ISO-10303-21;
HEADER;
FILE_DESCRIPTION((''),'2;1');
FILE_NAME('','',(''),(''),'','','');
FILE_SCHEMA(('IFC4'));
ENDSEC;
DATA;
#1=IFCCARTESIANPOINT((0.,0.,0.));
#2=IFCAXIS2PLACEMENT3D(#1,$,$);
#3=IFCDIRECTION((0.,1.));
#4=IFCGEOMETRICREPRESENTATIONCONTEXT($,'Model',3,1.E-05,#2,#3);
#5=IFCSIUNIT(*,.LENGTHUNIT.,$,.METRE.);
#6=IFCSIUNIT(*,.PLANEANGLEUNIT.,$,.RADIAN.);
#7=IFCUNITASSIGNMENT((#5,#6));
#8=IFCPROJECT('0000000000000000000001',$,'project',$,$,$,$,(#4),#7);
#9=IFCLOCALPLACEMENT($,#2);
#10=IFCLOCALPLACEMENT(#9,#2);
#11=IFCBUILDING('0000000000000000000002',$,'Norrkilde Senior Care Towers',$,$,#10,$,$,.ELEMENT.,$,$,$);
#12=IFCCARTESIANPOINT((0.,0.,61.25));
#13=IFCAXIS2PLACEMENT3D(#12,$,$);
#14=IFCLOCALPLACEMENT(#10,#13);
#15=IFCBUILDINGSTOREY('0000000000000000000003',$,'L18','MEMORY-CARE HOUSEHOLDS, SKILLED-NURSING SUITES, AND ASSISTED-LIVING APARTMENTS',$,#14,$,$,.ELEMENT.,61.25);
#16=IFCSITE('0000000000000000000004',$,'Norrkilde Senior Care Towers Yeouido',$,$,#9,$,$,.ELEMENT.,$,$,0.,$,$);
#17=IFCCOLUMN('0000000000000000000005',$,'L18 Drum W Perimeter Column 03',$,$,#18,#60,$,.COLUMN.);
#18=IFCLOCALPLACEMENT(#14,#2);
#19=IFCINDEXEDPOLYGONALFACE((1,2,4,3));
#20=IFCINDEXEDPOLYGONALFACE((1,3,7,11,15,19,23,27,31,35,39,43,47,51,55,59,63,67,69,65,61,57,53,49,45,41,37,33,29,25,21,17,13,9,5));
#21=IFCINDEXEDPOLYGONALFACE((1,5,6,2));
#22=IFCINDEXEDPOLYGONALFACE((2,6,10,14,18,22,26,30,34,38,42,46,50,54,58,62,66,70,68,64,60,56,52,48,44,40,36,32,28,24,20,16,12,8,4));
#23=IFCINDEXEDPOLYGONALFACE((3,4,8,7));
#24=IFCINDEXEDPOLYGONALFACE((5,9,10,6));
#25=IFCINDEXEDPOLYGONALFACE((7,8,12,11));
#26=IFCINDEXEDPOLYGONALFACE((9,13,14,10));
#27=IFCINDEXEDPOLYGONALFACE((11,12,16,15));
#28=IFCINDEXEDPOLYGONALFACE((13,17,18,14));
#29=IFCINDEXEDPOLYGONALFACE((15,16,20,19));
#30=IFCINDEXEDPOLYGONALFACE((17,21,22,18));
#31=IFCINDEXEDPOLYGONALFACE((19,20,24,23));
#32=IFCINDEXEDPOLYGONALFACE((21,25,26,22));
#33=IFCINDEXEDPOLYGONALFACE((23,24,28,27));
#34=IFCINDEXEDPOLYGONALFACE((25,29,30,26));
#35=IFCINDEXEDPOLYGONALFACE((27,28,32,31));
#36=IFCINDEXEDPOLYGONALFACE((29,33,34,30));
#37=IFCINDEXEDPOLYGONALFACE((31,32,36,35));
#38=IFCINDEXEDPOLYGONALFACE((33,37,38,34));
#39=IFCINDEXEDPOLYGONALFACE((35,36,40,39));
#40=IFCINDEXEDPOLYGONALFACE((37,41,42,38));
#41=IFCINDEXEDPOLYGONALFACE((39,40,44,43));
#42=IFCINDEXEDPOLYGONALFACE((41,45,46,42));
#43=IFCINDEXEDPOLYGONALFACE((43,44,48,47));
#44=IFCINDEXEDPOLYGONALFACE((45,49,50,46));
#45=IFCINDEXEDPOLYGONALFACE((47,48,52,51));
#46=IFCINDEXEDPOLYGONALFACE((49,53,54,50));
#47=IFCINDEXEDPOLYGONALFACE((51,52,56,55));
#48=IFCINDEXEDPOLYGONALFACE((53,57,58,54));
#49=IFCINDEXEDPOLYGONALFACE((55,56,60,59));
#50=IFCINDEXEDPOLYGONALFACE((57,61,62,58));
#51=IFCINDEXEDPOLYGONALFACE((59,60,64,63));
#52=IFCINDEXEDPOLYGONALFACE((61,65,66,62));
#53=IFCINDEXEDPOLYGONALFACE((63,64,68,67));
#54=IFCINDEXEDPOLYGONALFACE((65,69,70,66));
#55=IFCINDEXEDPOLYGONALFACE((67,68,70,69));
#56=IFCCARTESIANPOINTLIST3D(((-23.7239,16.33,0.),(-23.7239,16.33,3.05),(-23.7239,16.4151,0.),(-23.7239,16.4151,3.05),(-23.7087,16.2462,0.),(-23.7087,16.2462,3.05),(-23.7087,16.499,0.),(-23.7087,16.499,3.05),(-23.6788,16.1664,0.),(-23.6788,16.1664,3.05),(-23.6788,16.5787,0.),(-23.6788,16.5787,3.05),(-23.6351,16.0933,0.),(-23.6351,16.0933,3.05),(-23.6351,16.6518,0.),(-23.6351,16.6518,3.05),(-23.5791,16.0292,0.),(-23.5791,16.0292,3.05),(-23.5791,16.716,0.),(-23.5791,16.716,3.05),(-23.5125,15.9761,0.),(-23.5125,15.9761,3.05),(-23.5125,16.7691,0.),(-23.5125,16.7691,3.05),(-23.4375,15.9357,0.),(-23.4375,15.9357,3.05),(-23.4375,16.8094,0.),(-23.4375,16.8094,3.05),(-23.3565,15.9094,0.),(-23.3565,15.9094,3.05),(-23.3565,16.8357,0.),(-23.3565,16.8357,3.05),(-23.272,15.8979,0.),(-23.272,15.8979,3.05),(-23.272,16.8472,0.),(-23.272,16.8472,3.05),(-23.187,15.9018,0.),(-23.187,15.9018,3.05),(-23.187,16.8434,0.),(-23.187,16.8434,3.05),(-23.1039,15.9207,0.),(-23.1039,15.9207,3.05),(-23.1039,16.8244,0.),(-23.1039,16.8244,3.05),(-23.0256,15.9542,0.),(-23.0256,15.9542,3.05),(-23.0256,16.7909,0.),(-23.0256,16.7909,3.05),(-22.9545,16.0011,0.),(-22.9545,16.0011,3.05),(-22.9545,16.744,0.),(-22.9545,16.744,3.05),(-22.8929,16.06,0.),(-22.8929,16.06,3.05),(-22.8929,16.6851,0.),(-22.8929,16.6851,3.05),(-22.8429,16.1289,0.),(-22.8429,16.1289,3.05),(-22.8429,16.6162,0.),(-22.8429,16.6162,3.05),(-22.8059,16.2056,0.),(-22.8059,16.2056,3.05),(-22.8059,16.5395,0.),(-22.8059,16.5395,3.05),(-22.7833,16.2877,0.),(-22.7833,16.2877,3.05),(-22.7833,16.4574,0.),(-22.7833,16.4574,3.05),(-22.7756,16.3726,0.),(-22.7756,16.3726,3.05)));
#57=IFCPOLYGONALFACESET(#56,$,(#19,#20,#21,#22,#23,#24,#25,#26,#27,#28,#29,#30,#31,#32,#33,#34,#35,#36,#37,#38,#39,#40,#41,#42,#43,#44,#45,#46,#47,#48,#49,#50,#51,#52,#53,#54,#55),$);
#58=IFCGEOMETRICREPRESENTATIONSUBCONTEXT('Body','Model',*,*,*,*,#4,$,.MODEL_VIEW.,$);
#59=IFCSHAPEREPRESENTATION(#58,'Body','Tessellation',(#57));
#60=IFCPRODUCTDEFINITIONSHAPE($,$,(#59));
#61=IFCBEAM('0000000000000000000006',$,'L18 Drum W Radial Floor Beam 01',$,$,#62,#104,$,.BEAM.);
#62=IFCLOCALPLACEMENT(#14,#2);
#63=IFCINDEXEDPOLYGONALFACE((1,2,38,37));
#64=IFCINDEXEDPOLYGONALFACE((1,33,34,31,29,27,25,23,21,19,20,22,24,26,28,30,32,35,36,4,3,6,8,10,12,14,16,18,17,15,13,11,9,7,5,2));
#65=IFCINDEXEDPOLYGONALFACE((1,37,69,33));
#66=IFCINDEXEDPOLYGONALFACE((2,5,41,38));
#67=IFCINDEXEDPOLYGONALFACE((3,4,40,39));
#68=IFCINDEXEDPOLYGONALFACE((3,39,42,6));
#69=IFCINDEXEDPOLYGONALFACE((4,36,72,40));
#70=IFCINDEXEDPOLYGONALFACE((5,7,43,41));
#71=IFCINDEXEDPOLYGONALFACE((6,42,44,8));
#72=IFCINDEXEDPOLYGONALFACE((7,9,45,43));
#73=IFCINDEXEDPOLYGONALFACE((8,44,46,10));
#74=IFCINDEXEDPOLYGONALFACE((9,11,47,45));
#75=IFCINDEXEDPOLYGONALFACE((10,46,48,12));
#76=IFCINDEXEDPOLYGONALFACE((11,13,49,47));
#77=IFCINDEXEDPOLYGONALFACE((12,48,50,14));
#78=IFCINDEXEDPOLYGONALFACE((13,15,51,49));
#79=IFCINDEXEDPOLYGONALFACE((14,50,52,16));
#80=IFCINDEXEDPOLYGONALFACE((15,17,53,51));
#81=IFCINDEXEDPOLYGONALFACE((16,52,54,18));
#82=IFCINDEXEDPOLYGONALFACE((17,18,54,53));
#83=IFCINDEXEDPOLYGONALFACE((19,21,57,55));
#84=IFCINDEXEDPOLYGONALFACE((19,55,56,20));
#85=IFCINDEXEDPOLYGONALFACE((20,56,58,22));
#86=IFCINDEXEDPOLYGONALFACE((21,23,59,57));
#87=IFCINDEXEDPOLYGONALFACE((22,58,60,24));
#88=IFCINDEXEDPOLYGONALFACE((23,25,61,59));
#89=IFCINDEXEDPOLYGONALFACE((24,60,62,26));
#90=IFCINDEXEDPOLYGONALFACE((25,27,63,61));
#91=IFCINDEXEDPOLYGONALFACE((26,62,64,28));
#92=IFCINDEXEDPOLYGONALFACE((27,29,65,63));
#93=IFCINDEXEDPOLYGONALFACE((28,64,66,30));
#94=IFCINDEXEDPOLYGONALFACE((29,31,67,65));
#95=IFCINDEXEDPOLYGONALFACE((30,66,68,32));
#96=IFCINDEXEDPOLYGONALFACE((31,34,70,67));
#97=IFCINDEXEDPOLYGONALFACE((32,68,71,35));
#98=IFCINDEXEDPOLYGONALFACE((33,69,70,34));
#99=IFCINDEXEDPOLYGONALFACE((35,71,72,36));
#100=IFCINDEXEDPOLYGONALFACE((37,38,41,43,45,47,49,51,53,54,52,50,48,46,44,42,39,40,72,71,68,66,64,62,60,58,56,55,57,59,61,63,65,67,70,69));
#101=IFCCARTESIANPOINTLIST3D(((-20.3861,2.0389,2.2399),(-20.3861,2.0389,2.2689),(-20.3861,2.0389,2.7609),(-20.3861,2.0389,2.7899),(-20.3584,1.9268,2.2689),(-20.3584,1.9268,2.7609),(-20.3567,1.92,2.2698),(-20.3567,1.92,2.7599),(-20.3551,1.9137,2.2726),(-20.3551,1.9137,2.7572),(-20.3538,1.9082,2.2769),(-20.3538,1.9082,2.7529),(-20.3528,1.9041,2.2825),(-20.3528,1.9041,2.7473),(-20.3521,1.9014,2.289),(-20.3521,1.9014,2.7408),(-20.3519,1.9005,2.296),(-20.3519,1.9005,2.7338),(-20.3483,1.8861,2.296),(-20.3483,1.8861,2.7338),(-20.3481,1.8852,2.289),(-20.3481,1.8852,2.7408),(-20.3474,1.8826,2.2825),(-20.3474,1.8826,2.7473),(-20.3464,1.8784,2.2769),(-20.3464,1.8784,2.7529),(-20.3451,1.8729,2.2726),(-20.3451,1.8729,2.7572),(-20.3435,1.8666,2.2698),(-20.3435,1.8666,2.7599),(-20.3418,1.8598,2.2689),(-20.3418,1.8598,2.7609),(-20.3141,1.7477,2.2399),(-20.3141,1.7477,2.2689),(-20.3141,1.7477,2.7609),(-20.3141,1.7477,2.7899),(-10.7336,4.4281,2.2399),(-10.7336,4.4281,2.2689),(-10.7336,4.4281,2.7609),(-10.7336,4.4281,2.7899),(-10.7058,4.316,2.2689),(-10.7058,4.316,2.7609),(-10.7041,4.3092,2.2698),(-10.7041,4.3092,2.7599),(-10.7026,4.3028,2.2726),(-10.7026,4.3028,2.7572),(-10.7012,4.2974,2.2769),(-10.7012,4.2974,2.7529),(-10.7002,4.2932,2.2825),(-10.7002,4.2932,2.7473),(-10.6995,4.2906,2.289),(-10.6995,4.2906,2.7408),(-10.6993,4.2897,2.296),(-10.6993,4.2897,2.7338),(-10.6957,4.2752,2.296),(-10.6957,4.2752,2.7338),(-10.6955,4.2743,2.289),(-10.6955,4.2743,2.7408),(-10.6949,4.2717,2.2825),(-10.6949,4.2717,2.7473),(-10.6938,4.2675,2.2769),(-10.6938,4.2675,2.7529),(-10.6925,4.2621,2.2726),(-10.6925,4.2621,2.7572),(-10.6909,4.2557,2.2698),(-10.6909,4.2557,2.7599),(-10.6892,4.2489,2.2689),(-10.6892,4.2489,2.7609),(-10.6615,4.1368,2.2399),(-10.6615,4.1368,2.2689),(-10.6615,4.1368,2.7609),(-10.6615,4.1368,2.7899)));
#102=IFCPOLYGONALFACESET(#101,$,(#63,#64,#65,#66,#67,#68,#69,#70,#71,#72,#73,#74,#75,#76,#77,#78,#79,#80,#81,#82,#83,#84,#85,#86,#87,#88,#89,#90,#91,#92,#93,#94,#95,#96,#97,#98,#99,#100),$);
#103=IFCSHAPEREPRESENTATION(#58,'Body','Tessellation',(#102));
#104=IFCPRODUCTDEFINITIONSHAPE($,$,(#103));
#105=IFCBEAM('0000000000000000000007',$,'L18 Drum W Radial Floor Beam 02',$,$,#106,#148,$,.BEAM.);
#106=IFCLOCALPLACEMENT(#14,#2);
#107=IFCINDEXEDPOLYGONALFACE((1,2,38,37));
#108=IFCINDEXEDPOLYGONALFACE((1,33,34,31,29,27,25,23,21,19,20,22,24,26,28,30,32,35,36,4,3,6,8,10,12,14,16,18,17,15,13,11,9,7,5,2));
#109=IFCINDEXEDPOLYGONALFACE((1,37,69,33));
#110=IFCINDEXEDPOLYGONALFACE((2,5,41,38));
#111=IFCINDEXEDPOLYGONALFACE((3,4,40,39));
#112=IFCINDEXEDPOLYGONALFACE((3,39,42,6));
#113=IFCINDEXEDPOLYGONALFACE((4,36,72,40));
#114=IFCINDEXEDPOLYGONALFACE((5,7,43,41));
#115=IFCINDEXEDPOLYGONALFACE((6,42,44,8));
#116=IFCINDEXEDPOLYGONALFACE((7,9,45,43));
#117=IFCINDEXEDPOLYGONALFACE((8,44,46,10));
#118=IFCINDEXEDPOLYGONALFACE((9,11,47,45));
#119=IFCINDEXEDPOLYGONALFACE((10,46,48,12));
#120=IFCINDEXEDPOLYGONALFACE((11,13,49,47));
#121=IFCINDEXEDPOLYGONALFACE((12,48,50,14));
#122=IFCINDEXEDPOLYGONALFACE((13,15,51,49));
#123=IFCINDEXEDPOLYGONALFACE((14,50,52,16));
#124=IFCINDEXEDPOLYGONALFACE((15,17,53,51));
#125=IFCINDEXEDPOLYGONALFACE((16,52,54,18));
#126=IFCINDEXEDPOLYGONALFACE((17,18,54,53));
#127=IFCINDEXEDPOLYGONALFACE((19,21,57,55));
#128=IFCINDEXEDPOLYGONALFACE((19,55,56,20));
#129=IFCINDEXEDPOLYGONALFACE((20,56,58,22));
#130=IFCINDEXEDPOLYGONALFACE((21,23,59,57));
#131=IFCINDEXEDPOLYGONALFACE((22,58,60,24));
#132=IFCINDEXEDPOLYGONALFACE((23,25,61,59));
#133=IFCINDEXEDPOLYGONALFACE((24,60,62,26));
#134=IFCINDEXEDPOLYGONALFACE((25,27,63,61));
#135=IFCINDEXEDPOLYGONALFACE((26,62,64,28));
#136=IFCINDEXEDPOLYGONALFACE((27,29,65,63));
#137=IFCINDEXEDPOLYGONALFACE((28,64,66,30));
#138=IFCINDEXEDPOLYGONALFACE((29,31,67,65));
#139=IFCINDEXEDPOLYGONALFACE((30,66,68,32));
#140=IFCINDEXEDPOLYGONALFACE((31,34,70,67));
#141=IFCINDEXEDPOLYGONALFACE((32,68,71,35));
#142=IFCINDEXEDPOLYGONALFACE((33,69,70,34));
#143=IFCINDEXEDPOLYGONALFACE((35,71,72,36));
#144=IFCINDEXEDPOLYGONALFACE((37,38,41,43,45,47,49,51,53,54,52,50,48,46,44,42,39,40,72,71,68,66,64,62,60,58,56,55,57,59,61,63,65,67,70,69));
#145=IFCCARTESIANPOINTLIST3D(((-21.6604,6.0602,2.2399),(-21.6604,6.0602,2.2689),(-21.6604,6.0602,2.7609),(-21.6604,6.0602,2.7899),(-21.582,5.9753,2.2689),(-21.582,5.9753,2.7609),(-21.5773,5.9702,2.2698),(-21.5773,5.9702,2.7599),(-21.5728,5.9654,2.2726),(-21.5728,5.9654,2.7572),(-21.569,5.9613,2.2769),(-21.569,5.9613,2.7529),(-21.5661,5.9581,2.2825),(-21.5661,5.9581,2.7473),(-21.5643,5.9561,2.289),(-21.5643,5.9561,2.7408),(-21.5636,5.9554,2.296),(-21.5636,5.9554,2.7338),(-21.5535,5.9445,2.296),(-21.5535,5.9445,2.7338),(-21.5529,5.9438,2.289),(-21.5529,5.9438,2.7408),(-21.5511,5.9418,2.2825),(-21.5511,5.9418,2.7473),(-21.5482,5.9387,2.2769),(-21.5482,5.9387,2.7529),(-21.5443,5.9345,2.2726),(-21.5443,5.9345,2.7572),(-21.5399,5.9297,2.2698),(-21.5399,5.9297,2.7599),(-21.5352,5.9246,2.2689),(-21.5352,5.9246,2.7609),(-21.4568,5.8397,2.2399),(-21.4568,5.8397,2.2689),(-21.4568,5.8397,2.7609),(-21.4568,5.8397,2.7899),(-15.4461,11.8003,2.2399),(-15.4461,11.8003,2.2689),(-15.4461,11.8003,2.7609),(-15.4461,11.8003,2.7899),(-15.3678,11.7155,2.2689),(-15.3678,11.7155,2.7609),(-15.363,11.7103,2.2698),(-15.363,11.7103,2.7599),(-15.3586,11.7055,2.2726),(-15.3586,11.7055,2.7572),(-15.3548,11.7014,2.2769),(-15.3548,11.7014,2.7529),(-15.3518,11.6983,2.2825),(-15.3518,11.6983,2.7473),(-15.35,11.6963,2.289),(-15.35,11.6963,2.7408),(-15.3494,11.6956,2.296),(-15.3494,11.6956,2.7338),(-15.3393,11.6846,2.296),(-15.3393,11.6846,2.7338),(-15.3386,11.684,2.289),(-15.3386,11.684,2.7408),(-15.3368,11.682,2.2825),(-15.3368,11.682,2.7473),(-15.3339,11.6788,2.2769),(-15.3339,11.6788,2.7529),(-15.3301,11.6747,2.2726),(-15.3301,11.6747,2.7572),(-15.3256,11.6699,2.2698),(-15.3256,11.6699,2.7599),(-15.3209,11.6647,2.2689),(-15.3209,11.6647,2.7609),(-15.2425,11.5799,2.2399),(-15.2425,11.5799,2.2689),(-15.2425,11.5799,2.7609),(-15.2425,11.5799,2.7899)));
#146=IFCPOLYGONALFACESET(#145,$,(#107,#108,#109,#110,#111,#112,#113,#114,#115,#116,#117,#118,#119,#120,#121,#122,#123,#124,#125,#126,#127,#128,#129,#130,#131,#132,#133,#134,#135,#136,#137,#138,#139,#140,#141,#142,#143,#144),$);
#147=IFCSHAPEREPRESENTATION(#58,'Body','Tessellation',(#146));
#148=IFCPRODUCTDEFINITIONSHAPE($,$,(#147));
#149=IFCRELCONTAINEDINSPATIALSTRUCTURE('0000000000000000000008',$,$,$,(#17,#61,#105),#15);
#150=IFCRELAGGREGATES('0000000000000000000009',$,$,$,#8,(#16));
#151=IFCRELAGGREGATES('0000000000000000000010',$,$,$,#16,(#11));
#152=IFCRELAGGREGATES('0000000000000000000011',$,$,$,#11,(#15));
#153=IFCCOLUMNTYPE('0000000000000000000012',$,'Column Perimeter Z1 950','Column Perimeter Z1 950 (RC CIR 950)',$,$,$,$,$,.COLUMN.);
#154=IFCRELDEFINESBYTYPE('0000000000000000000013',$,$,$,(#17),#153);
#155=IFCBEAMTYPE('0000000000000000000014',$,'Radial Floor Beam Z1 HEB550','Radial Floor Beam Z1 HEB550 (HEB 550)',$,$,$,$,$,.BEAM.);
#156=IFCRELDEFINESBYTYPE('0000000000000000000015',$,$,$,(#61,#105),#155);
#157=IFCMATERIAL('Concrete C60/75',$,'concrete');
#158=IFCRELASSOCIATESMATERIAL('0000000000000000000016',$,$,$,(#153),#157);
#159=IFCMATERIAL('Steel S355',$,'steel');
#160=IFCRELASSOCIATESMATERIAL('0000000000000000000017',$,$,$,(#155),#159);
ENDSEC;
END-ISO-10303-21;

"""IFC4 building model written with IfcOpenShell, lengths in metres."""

from ifc_helpers import new_model, si_unit, direction, frame, origin, origin_2d, place, context, subcontext, project, spatial, circle, i_section, extrude, source, transform, mapped, material, material_profile, profile_set, type_object, type_shapes, element, save


model = new_model("IFC4")

# Units and contexts
model_context = context("Model", 3, precision=1e-05, world=origin(), true_north=direction((0.0, 1.0)))
body_context = subcontext(model_context, "Body", "Model", "MODEL_VIEW")
ifc_project = project(units=[si_unit("LENGTHUNIT", "METRE"), si_unit("PLANEANGLEUNIT", "RADIAN")], contexts=[model_context])

# Site, building, storey
site_placement = place(None, origin())
site = spatial("IfcSite", under=ifc_project, at=site_placement, Name="Norrkilde Senior Care Towers Yeouido", CompositionType="ELEMENT", RefElevation=0.0)
building_placement = place(site_placement, origin())
building = spatial("IfcBuilding", under=site, at=building_placement, Name="Norrkilde Senior Care Towers", CompositionType="ELEMENT")
storey_placement = place(building_placement, frame((0.0, 0.0, 61.25)))
storey = spatial("IfcBuildingStorey", under=building, at=storey_placement, Name="L18", Description="MEMORY-CARE HOUSEHOLDS, SKILLED-NURSING SUITES, AND ASSISTED-LIVING APARTMENTS", CompositionType="ELEMENT", Elevation=61.25)

# Column
ifc_material_1 = material(Name="Concrete C60/75", Category="concrete")
ifc_material_profile_1 = material_profile(ifc_material_1, circle(Radius=0.4751, at=origin_2d()), Name="RC CIR 950")
ifc_profile_set_1 = profile_set([ifc_material_profile_1], Name="Concrete C60/75")
column_type = type_object("IfcColumnType", Name="Column Perimeter Z1 950", Description="Column Perimeter Z1 950 (RC CIR 950)", PredefinedType="COLUMN", material=ifc_profile_set_1)
shared_shape_1 = source(origin(), body_context, "Body", "SweptSolid", [
    extrude(circle(Radius=0.4751, at=origin_2d()), origin(), (0.0, 0.0, 1.0), 3.05),
])
type_shapes(column_type, [shared_shape_1])
column_placement = place(storey_placement, frame((-23.2507, 16.3726, 0.0), z_axis=(0.0, 0.0, 1.0), x_axis=(1.0, 0.0, 0.0)))
element("IfcColumn", 1, at=column_placement, inside=storey, type_object=column_type, Name="L18 Drum W Perimeter Column 03", PredefinedType="COLUMN", context=body_context, shape_type="MappedRepresentation", body=[
    mapped(shared_shape_1, transform((0.0, 0.0, 0.0), x_axis=(1.0, 0.0, 0.0), y_axis=(0.0, 1.0, 0.0), z_axis=(0.0, 0.0, 1.0), scale=1.0)),
])

# Beams
ifc_material_2 = material(Name="Steel S355", Category="steel")
ifc_material_profile_2 = material_profile(ifc_material_2, i_section(OverallWidth=0.3, OverallDepth=0.55, WebThickness=0.0149, FlangeThickness=0.0291, FilletRadius=0.0271, at=origin_2d()), Name="HEB 550")
ifc_profile_set_2 = profile_set([ifc_material_profile_2], Name="Steel S355")
beam_type_1 = type_object("IfcBeamType", Name="Radial Floor Beam Z1 HEB550", Description="Radial Floor Beam Z1 HEB550 (HEB 550)", PredefinedType="BEAM", material=ifc_profile_set_2)
shared_shape_2 = source(origin(), body_context, "Body", "SweptSolid", [
    extrude(i_section(OverallWidth=0.3, OverallDepth=0.55, WebThickness=0.0149, FlangeThickness=0.0291, FilletRadius=0.0271, at=origin_2d()), origin(), (0.0, 0.0, 1.0), 9.9438),
])
beam_1_placement = place(storey_placement, frame((-20.3501, 1.8933, 2.5149), z_axis=(0.970707, 0.240265, 0.0), x_axis=(-0.240265, 0.970707, 0.0)))
element("IfcBeam", 2, at=beam_1_placement, inside=storey, type_object=beam_type_1, Name="L18 Drum W Radial Floor Beam 01", PredefinedType="BEAM", context=body_context, shape_type="MappedRepresentation", body=[
    mapped(shared_shape_2, transform((0.0, 0.0, 0.0), x_axis=(1.0, 0.0, 0.0), y_axis=(0.0, 1.0, 0.0), z_axis=(0.0, 0.0, 1.0), scale=1.0)),
])
shared_shape_3 = source(origin(), body_context, "Body", "SweptSolid", [
    extrude(i_section(OverallWidth=0.3, OverallDepth=0.55, WebThickness=0.0149, FlangeThickness=0.0291, FilletRadius=0.0271, at=origin_2d()), origin(), (0.0, 0.0, 1.0), 8.4597),
])
beam_2_placement = place(storey_placement, frame((-21.5586, 5.95, 2.5149), z_axis=(0.734573, 0.678529, 0.0), x_axis=(-0.678529, 0.734573, 0.0)))
element("IfcBeam", 3, at=beam_2_placement, inside=storey, type_object=beam_type_1, Name="L18 Drum W Radial Floor Beam 02", PredefinedType="BEAM", context=body_context, shape_type="MappedRepresentation", body=[
    mapped(shared_shape_3, transform((0.0, 0.0, 0.0), x_axis=(1.0, 0.0, 0.0), y_axis=(0.0, 1.0, 0.0), z_axis=(0.0, 0.0, 1.0), scale=1.0)),
])

save(model, "model.ifc")
